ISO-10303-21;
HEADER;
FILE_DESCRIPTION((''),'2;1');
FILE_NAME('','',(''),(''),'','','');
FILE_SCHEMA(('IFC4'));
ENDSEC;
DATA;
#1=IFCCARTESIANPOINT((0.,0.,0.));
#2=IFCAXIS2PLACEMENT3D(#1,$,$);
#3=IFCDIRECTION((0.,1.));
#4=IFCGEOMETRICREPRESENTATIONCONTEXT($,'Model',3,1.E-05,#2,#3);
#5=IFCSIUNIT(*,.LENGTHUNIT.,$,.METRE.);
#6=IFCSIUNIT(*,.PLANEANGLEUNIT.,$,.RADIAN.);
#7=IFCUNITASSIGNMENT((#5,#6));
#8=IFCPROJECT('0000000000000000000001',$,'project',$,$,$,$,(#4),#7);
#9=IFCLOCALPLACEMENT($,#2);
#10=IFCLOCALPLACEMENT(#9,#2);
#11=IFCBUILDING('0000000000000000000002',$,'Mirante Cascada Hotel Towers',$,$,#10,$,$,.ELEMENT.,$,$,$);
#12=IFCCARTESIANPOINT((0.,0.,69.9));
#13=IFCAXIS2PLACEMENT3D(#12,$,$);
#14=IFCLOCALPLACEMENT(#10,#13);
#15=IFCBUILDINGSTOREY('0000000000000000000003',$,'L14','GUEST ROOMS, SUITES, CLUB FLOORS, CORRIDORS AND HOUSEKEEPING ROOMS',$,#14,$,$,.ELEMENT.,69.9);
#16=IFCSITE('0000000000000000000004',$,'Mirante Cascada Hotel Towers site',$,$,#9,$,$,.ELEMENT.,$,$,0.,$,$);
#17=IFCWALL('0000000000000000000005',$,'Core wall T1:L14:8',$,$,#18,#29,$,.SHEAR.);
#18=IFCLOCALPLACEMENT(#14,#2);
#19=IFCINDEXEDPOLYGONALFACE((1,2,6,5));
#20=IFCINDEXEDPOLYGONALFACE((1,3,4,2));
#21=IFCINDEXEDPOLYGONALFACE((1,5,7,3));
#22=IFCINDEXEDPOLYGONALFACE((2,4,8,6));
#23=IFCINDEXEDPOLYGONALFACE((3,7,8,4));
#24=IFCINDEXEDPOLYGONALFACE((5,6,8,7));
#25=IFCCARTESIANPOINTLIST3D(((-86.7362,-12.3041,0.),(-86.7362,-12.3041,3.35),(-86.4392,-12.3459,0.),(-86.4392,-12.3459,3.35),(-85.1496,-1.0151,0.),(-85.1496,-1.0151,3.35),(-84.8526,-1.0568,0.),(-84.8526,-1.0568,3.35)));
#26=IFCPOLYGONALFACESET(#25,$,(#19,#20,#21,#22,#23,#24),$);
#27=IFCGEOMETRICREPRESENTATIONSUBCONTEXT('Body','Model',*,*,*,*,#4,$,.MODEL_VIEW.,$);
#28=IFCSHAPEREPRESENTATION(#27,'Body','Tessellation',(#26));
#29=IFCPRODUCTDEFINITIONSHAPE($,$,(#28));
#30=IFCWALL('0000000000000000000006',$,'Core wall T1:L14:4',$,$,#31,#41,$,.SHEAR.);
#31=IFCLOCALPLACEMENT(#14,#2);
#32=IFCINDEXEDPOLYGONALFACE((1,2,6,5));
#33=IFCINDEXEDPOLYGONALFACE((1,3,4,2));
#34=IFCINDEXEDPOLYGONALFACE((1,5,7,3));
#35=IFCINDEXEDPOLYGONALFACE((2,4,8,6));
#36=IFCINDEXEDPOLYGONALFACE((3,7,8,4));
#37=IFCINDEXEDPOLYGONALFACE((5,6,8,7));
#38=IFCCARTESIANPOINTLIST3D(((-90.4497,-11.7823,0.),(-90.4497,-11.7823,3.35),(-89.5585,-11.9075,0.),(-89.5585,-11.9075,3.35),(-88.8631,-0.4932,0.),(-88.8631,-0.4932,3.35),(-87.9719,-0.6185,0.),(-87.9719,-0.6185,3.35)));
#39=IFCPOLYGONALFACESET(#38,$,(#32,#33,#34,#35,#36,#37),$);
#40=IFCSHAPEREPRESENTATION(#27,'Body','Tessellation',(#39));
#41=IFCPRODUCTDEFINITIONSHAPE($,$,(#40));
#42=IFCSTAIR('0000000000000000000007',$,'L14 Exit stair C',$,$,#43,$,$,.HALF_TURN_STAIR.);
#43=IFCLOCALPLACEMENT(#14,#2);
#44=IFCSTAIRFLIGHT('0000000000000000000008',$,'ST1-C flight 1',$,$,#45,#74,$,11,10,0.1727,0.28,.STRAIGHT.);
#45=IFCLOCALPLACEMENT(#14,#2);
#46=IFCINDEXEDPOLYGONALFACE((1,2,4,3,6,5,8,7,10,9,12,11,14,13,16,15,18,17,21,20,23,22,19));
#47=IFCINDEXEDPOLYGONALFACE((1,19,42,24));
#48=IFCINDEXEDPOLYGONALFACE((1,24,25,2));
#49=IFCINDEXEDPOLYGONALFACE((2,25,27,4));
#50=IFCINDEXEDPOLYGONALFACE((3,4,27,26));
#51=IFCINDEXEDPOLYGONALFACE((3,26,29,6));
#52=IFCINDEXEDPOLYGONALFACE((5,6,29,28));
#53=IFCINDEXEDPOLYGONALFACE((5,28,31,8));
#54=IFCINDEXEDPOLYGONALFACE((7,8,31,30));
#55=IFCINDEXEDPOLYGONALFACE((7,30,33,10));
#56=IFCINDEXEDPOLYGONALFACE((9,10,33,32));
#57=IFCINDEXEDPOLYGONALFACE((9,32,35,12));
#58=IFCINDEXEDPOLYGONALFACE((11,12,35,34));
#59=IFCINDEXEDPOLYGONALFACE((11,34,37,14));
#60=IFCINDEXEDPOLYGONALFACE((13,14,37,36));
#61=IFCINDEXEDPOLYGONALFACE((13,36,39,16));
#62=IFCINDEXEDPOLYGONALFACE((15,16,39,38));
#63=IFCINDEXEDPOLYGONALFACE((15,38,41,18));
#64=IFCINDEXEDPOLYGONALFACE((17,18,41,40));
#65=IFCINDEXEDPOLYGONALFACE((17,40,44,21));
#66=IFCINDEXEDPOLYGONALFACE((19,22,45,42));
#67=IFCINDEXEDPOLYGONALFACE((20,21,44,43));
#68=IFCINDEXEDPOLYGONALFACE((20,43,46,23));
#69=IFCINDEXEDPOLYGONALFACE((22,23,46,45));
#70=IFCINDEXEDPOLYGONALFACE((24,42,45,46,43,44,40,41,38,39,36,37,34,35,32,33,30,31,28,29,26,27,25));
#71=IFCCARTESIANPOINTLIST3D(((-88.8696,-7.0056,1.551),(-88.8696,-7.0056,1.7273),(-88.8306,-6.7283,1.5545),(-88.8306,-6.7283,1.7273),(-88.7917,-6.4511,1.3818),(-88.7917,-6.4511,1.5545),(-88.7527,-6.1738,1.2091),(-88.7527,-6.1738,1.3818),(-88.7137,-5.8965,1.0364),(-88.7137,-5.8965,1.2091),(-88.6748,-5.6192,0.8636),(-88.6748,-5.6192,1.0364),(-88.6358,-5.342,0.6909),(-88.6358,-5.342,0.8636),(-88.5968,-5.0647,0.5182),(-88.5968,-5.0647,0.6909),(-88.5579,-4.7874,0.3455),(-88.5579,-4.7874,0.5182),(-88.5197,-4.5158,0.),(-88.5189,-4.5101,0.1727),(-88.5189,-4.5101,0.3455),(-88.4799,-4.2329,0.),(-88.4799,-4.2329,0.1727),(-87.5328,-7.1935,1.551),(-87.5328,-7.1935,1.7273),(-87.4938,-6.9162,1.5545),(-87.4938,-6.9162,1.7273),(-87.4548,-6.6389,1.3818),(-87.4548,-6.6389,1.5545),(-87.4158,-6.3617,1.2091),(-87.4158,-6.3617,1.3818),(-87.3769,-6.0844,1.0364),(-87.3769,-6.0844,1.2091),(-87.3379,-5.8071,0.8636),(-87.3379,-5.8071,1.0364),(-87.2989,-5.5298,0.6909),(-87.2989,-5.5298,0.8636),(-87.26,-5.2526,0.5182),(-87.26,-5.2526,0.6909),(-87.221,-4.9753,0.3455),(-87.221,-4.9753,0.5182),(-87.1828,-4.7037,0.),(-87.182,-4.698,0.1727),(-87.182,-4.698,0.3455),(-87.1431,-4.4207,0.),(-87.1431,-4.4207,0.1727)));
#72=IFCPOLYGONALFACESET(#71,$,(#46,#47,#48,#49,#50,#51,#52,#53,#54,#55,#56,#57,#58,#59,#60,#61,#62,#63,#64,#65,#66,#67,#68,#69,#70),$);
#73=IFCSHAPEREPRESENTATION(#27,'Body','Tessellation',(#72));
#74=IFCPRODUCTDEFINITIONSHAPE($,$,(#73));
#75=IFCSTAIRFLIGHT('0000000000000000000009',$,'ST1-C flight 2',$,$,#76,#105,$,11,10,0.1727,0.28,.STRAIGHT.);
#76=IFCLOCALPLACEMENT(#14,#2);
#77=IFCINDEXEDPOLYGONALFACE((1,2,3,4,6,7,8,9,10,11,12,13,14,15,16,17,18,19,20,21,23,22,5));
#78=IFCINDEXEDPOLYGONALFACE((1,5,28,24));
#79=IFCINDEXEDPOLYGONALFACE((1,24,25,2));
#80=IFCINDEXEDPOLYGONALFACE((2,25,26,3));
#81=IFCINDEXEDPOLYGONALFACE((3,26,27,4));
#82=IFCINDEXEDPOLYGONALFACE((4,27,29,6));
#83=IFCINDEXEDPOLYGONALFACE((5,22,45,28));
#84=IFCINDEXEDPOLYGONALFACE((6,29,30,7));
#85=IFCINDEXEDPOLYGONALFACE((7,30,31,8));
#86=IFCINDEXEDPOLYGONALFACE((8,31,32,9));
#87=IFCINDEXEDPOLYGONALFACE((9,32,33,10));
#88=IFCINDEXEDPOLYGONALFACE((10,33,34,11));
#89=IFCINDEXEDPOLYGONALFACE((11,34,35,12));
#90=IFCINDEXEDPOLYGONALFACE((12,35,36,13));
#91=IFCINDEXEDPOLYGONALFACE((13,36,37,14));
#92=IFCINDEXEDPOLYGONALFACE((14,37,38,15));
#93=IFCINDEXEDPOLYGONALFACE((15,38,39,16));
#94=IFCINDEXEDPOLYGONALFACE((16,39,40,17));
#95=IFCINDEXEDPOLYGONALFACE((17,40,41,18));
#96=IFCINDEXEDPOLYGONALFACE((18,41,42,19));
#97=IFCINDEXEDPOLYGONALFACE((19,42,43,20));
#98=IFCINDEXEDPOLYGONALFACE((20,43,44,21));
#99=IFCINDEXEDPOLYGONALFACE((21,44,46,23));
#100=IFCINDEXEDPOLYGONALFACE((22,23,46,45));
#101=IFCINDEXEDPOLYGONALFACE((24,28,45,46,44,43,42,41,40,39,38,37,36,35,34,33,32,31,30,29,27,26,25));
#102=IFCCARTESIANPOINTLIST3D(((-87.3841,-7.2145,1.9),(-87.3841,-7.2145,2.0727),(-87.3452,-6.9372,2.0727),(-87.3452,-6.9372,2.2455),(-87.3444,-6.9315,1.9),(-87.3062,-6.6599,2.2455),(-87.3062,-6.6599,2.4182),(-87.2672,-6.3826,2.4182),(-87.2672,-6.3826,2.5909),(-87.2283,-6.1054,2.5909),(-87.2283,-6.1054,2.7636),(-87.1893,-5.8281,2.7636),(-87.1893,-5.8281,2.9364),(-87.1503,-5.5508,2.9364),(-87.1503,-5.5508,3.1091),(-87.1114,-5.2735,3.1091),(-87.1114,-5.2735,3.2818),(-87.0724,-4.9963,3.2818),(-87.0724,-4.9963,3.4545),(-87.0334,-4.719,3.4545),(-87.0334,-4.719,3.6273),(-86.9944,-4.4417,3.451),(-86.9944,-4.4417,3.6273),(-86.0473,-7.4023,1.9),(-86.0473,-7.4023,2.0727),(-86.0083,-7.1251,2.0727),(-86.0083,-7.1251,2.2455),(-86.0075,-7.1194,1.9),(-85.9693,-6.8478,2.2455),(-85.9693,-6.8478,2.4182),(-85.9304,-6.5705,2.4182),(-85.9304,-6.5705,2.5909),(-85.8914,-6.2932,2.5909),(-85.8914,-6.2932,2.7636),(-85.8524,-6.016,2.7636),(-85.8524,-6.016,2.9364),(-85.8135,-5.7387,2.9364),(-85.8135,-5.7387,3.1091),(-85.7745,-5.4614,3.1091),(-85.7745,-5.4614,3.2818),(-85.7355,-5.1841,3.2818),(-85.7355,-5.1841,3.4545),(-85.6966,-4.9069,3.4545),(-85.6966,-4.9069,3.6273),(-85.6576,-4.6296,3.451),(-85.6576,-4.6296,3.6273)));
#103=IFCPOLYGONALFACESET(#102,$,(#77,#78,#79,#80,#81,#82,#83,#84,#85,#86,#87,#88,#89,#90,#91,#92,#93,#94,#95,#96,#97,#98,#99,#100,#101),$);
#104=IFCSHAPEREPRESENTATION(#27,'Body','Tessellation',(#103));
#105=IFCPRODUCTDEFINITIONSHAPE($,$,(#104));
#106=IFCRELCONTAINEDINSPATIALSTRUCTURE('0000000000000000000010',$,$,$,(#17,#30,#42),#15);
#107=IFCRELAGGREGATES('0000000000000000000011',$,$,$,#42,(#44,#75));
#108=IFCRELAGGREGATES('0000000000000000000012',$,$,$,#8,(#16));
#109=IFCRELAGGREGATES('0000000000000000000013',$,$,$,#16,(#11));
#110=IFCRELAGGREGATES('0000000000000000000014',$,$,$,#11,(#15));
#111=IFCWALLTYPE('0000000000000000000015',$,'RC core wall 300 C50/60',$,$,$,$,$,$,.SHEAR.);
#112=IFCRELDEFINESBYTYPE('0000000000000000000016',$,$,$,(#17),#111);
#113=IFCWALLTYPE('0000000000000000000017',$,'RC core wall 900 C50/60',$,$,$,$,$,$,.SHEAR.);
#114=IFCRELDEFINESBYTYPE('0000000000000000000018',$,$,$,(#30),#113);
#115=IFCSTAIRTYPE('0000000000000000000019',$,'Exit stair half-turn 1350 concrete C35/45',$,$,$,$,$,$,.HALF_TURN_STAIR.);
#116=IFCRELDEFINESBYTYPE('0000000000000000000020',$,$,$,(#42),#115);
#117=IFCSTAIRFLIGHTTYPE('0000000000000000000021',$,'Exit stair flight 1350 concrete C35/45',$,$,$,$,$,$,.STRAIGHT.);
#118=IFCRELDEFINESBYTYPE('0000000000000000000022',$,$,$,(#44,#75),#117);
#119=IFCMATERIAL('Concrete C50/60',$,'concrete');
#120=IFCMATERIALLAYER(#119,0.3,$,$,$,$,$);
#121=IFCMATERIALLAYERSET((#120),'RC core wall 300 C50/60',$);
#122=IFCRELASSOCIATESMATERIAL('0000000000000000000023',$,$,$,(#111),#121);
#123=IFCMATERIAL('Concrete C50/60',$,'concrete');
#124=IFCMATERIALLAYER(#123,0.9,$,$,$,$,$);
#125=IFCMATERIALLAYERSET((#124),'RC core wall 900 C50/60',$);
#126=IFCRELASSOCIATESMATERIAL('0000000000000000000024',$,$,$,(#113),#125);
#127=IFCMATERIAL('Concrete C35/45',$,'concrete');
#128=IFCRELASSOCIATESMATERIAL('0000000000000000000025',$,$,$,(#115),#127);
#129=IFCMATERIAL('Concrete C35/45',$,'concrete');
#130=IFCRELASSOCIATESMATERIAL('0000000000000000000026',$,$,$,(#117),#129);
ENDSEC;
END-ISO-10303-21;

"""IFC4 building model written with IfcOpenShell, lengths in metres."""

from ifc_helpers import new_model, si_unit, direction, frame, frame_2d, origin, place, context, subcontext, project, spatial, polyline, rectangle, outline, extrude, material, layer, layer_set, type_object, element, aggregate, save


model = new_model("IFC4")

# Units and contexts
model_context = context("Model", 3, precision=1e-05, world=origin(), true_north=direction((0.0, 1.0)))
body_context = subcontext(model_context, "Body", "Model", "MODEL_VIEW")
ifc_project = project(units=[si_unit("LENGTHUNIT", "METRE"), si_unit("PLANEANGLEUNIT", "RADIAN")], contexts=[model_context])

# Site, building, storey
site_placement = place(None, origin())
site = spatial("IfcSite", under=ifc_project, at=site_placement, Name="Mirante Cascada Hotel Towers site", CompositionType="ELEMENT", RefElevation=0.0)
building_placement = place(site_placement, origin())
building = spatial("IfcBuilding", under=site, at=building_placement, Name="Mirante Cascada Hotel Towers", CompositionType="ELEMENT")
storey_placement = place(building_placement, frame((0.0, 0.0, 69.9)))
storey = spatial("IfcBuildingStorey", under=building, at=storey_placement, Name="L14", Description="GUEST ROOMS, SUITES, CLUB FLOORS, CORRIDORS AND HOUSEKEEPING ROOMS", CompositionType="ELEMENT", Elevation=69.9)

# Walls
ifc_material_1 = material(Name="Concrete C50/60", Category="concrete")
ifc_layer_1 = layer(ifc_material_1, 0.3)
ifc_layer_set_1 = layer_set([ifc_layer_1], Name="RC core wall 300 C50/60")
wall_type_1 = type_object("IfcWallType", Name="RC core wall 300 C50/60", PredefinedType="SHEAR", material=ifc_layer_set_1)
wall_1_placement = place(storey_placement, frame((-86.5877, -12.325, 0.0), z_axis=(0.0, 0.0, 1.0), x_axis=(0.139175, 0.990268, 0.0)))
element("IfcWall", 1, at=wall_1_placement, inside=storey, type_object=wall_type_1, Name="Core wall T1:L14:8", PredefinedType="SHEAR", context=body_context, shape_type="SweptSolid", body=[
    extrude(rectangle(XDim=11.4, YDim=0.3, at=frame_2d((5.7, 0.0))), origin(), (0.0, 0.0, 1.0), 3.35),
])
ifc_material_2 = material(Name="Concrete C50/60", Category="concrete")
ifc_layer_2 = layer(ifc_material_2, 0.9)
ifc_layer_set_2 = layer_set([ifc_layer_2], Name="RC core wall 900 C50/60")
wall_type_2 = type_object("IfcWallType", Name="RC core wall 900 C50/60", PredefinedType="SHEAR", material=ifc_layer_set_2)
wall_2_placement = place(storey_placement, frame((-90.0041, -11.8449, 0.0), z_axis=(0.0, 0.0, 1.0), x_axis=(0.139175, 0.990268, 0.0)))
element("IfcWall", 2, at=wall_2_placement, inside=storey, type_object=wall_type_2, Name="Core wall T1:L14:4", PredefinedType="SHEAR", context=body_context, shape_type="SweptSolid", body=[
    extrude(rectangle(XDim=11.4, YDim=0.9, at=frame_2d((5.7, 0.0))), origin(), (0.0, 0.0, 1.0), 3.35),
])

# Stair, stair flights
ifc_material_3 = material(Name="Concrete C35/45", Category="concrete")
stair_type = type_object("IfcStairType", Name="Exit stair half-turn 1350 concrete C35/45", PredefinedType="HALF_TURN_STAIR", material=ifc_material_3)
stair_placement = place(storey_placement, origin())
stair = element("IfcStair", 3, at=stair_placement, inside=storey, type_object=stair_type, Name="L14 Exit stair C", PredefinedType="HALF_TURN_STAIR")
ifc_material_4 = material(Name="Concrete C35/45", Category="concrete")
stair_flight_type = type_object("IfcStairFlightType", Name="Exit stair flight 1350 concrete C35/45", PredefinedType="STRAIGHT", material=ifc_material_4)
stair_flight_1_placement = place(storey_placement, frame((-87.8115, -4.3268, 0.0), z_axis=(0.0, 0.0, 1.0), x_axis=(-0.139173, -0.990268, 0.0)))
stair_flight_1 = element("IfcStairFlight", 4, at=stair_flight_1_placement, type_object=stair_flight_type, Name="ST1-C flight 1", NumberOfRisers=11, NumberOfTreads=10, PredefinedType="STRAIGHT", RiserHeight=0.1727, TreadLength=0.28, context=body_context, shape_type="SweptSolid", body=[
    extrude(outline(polyline([(0.0, 0.0), (0.0, 0.1727), (0.28, 0.1727), (0.28, 0.3455), (0.56, 0.3455), (0.56, 0.5182), (0.84, 0.5182), (0.84, 0.6909), (1.12, 0.6909), (1.12, 0.8636), (1.4, 0.8636), (1.4, 1.0364), (1.68, 1.0364), (1.68, 1.2091), (1.96, 1.2091), (1.96, 1.3818), (2.24, 1.3818), (2.24, 1.5545), (2.52, 1.5545), (2.52, 1.7273), (2.8, 1.7273), (2.8, 1.9), (2.8, 1.551), (0.2857, 0.0), (0.0, 0.0)])), frame((0.0, 0.675, 0.0), z_axis=(0.0, -1.0, 0.0), x_axis=(1.0, 0.0, 0.0)), (0.0, 0.0, 1.0), 1.35),
])
stair_flight_2_placement = place(storey_placement, frame((-86.7157, -7.3084, 1.9), z_axis=(0.0, 0.0, 1.0), x_axis=(0.139173, 0.990268, 0.0)))
stair_flight_2 = element("IfcStairFlight", 5, at=stair_flight_2_placement, type_object=stair_flight_type, Name="ST1-C flight 2", NumberOfRisers=11, NumberOfTreads=10, PredefinedType="STRAIGHT", RiserHeight=0.1727, TreadLength=0.28, context=body_context, shape_type="SweptSolid", body=[
    extrude(outline(polyline([(0.0, 0.0), (0.0, 0.1727), (0.28, 0.1727), (0.28, 0.3455), (0.56, 0.3455), (0.56, 0.5182), (0.84, 0.5182), (0.84, 0.6909), (1.12, 0.6909), (1.12, 0.8636), (1.4, 0.8636), (1.4, 1.0364), (1.68, 1.0364), (1.68, 1.2091), (1.96, 1.2091), (1.96, 1.3818), (2.24, 1.3818), (2.24, 1.5545), (2.52, 1.5545), (2.52, 1.7273), (2.8, 1.7273), (2.8, 1.9), (2.8, 1.551), (0.2857, 0.0), (0.0, 0.0)])), frame((0.0, 0.675, 0.0), z_axis=(0.0, -1.0, 0.0), x_axis=(1.0, 0.0, 0.0)), (0.0, 0.0, 1.0), 1.35),
])
aggregate(stair, [stair_flight_1, stair_flight_2])

save(model, "model.ifc")
